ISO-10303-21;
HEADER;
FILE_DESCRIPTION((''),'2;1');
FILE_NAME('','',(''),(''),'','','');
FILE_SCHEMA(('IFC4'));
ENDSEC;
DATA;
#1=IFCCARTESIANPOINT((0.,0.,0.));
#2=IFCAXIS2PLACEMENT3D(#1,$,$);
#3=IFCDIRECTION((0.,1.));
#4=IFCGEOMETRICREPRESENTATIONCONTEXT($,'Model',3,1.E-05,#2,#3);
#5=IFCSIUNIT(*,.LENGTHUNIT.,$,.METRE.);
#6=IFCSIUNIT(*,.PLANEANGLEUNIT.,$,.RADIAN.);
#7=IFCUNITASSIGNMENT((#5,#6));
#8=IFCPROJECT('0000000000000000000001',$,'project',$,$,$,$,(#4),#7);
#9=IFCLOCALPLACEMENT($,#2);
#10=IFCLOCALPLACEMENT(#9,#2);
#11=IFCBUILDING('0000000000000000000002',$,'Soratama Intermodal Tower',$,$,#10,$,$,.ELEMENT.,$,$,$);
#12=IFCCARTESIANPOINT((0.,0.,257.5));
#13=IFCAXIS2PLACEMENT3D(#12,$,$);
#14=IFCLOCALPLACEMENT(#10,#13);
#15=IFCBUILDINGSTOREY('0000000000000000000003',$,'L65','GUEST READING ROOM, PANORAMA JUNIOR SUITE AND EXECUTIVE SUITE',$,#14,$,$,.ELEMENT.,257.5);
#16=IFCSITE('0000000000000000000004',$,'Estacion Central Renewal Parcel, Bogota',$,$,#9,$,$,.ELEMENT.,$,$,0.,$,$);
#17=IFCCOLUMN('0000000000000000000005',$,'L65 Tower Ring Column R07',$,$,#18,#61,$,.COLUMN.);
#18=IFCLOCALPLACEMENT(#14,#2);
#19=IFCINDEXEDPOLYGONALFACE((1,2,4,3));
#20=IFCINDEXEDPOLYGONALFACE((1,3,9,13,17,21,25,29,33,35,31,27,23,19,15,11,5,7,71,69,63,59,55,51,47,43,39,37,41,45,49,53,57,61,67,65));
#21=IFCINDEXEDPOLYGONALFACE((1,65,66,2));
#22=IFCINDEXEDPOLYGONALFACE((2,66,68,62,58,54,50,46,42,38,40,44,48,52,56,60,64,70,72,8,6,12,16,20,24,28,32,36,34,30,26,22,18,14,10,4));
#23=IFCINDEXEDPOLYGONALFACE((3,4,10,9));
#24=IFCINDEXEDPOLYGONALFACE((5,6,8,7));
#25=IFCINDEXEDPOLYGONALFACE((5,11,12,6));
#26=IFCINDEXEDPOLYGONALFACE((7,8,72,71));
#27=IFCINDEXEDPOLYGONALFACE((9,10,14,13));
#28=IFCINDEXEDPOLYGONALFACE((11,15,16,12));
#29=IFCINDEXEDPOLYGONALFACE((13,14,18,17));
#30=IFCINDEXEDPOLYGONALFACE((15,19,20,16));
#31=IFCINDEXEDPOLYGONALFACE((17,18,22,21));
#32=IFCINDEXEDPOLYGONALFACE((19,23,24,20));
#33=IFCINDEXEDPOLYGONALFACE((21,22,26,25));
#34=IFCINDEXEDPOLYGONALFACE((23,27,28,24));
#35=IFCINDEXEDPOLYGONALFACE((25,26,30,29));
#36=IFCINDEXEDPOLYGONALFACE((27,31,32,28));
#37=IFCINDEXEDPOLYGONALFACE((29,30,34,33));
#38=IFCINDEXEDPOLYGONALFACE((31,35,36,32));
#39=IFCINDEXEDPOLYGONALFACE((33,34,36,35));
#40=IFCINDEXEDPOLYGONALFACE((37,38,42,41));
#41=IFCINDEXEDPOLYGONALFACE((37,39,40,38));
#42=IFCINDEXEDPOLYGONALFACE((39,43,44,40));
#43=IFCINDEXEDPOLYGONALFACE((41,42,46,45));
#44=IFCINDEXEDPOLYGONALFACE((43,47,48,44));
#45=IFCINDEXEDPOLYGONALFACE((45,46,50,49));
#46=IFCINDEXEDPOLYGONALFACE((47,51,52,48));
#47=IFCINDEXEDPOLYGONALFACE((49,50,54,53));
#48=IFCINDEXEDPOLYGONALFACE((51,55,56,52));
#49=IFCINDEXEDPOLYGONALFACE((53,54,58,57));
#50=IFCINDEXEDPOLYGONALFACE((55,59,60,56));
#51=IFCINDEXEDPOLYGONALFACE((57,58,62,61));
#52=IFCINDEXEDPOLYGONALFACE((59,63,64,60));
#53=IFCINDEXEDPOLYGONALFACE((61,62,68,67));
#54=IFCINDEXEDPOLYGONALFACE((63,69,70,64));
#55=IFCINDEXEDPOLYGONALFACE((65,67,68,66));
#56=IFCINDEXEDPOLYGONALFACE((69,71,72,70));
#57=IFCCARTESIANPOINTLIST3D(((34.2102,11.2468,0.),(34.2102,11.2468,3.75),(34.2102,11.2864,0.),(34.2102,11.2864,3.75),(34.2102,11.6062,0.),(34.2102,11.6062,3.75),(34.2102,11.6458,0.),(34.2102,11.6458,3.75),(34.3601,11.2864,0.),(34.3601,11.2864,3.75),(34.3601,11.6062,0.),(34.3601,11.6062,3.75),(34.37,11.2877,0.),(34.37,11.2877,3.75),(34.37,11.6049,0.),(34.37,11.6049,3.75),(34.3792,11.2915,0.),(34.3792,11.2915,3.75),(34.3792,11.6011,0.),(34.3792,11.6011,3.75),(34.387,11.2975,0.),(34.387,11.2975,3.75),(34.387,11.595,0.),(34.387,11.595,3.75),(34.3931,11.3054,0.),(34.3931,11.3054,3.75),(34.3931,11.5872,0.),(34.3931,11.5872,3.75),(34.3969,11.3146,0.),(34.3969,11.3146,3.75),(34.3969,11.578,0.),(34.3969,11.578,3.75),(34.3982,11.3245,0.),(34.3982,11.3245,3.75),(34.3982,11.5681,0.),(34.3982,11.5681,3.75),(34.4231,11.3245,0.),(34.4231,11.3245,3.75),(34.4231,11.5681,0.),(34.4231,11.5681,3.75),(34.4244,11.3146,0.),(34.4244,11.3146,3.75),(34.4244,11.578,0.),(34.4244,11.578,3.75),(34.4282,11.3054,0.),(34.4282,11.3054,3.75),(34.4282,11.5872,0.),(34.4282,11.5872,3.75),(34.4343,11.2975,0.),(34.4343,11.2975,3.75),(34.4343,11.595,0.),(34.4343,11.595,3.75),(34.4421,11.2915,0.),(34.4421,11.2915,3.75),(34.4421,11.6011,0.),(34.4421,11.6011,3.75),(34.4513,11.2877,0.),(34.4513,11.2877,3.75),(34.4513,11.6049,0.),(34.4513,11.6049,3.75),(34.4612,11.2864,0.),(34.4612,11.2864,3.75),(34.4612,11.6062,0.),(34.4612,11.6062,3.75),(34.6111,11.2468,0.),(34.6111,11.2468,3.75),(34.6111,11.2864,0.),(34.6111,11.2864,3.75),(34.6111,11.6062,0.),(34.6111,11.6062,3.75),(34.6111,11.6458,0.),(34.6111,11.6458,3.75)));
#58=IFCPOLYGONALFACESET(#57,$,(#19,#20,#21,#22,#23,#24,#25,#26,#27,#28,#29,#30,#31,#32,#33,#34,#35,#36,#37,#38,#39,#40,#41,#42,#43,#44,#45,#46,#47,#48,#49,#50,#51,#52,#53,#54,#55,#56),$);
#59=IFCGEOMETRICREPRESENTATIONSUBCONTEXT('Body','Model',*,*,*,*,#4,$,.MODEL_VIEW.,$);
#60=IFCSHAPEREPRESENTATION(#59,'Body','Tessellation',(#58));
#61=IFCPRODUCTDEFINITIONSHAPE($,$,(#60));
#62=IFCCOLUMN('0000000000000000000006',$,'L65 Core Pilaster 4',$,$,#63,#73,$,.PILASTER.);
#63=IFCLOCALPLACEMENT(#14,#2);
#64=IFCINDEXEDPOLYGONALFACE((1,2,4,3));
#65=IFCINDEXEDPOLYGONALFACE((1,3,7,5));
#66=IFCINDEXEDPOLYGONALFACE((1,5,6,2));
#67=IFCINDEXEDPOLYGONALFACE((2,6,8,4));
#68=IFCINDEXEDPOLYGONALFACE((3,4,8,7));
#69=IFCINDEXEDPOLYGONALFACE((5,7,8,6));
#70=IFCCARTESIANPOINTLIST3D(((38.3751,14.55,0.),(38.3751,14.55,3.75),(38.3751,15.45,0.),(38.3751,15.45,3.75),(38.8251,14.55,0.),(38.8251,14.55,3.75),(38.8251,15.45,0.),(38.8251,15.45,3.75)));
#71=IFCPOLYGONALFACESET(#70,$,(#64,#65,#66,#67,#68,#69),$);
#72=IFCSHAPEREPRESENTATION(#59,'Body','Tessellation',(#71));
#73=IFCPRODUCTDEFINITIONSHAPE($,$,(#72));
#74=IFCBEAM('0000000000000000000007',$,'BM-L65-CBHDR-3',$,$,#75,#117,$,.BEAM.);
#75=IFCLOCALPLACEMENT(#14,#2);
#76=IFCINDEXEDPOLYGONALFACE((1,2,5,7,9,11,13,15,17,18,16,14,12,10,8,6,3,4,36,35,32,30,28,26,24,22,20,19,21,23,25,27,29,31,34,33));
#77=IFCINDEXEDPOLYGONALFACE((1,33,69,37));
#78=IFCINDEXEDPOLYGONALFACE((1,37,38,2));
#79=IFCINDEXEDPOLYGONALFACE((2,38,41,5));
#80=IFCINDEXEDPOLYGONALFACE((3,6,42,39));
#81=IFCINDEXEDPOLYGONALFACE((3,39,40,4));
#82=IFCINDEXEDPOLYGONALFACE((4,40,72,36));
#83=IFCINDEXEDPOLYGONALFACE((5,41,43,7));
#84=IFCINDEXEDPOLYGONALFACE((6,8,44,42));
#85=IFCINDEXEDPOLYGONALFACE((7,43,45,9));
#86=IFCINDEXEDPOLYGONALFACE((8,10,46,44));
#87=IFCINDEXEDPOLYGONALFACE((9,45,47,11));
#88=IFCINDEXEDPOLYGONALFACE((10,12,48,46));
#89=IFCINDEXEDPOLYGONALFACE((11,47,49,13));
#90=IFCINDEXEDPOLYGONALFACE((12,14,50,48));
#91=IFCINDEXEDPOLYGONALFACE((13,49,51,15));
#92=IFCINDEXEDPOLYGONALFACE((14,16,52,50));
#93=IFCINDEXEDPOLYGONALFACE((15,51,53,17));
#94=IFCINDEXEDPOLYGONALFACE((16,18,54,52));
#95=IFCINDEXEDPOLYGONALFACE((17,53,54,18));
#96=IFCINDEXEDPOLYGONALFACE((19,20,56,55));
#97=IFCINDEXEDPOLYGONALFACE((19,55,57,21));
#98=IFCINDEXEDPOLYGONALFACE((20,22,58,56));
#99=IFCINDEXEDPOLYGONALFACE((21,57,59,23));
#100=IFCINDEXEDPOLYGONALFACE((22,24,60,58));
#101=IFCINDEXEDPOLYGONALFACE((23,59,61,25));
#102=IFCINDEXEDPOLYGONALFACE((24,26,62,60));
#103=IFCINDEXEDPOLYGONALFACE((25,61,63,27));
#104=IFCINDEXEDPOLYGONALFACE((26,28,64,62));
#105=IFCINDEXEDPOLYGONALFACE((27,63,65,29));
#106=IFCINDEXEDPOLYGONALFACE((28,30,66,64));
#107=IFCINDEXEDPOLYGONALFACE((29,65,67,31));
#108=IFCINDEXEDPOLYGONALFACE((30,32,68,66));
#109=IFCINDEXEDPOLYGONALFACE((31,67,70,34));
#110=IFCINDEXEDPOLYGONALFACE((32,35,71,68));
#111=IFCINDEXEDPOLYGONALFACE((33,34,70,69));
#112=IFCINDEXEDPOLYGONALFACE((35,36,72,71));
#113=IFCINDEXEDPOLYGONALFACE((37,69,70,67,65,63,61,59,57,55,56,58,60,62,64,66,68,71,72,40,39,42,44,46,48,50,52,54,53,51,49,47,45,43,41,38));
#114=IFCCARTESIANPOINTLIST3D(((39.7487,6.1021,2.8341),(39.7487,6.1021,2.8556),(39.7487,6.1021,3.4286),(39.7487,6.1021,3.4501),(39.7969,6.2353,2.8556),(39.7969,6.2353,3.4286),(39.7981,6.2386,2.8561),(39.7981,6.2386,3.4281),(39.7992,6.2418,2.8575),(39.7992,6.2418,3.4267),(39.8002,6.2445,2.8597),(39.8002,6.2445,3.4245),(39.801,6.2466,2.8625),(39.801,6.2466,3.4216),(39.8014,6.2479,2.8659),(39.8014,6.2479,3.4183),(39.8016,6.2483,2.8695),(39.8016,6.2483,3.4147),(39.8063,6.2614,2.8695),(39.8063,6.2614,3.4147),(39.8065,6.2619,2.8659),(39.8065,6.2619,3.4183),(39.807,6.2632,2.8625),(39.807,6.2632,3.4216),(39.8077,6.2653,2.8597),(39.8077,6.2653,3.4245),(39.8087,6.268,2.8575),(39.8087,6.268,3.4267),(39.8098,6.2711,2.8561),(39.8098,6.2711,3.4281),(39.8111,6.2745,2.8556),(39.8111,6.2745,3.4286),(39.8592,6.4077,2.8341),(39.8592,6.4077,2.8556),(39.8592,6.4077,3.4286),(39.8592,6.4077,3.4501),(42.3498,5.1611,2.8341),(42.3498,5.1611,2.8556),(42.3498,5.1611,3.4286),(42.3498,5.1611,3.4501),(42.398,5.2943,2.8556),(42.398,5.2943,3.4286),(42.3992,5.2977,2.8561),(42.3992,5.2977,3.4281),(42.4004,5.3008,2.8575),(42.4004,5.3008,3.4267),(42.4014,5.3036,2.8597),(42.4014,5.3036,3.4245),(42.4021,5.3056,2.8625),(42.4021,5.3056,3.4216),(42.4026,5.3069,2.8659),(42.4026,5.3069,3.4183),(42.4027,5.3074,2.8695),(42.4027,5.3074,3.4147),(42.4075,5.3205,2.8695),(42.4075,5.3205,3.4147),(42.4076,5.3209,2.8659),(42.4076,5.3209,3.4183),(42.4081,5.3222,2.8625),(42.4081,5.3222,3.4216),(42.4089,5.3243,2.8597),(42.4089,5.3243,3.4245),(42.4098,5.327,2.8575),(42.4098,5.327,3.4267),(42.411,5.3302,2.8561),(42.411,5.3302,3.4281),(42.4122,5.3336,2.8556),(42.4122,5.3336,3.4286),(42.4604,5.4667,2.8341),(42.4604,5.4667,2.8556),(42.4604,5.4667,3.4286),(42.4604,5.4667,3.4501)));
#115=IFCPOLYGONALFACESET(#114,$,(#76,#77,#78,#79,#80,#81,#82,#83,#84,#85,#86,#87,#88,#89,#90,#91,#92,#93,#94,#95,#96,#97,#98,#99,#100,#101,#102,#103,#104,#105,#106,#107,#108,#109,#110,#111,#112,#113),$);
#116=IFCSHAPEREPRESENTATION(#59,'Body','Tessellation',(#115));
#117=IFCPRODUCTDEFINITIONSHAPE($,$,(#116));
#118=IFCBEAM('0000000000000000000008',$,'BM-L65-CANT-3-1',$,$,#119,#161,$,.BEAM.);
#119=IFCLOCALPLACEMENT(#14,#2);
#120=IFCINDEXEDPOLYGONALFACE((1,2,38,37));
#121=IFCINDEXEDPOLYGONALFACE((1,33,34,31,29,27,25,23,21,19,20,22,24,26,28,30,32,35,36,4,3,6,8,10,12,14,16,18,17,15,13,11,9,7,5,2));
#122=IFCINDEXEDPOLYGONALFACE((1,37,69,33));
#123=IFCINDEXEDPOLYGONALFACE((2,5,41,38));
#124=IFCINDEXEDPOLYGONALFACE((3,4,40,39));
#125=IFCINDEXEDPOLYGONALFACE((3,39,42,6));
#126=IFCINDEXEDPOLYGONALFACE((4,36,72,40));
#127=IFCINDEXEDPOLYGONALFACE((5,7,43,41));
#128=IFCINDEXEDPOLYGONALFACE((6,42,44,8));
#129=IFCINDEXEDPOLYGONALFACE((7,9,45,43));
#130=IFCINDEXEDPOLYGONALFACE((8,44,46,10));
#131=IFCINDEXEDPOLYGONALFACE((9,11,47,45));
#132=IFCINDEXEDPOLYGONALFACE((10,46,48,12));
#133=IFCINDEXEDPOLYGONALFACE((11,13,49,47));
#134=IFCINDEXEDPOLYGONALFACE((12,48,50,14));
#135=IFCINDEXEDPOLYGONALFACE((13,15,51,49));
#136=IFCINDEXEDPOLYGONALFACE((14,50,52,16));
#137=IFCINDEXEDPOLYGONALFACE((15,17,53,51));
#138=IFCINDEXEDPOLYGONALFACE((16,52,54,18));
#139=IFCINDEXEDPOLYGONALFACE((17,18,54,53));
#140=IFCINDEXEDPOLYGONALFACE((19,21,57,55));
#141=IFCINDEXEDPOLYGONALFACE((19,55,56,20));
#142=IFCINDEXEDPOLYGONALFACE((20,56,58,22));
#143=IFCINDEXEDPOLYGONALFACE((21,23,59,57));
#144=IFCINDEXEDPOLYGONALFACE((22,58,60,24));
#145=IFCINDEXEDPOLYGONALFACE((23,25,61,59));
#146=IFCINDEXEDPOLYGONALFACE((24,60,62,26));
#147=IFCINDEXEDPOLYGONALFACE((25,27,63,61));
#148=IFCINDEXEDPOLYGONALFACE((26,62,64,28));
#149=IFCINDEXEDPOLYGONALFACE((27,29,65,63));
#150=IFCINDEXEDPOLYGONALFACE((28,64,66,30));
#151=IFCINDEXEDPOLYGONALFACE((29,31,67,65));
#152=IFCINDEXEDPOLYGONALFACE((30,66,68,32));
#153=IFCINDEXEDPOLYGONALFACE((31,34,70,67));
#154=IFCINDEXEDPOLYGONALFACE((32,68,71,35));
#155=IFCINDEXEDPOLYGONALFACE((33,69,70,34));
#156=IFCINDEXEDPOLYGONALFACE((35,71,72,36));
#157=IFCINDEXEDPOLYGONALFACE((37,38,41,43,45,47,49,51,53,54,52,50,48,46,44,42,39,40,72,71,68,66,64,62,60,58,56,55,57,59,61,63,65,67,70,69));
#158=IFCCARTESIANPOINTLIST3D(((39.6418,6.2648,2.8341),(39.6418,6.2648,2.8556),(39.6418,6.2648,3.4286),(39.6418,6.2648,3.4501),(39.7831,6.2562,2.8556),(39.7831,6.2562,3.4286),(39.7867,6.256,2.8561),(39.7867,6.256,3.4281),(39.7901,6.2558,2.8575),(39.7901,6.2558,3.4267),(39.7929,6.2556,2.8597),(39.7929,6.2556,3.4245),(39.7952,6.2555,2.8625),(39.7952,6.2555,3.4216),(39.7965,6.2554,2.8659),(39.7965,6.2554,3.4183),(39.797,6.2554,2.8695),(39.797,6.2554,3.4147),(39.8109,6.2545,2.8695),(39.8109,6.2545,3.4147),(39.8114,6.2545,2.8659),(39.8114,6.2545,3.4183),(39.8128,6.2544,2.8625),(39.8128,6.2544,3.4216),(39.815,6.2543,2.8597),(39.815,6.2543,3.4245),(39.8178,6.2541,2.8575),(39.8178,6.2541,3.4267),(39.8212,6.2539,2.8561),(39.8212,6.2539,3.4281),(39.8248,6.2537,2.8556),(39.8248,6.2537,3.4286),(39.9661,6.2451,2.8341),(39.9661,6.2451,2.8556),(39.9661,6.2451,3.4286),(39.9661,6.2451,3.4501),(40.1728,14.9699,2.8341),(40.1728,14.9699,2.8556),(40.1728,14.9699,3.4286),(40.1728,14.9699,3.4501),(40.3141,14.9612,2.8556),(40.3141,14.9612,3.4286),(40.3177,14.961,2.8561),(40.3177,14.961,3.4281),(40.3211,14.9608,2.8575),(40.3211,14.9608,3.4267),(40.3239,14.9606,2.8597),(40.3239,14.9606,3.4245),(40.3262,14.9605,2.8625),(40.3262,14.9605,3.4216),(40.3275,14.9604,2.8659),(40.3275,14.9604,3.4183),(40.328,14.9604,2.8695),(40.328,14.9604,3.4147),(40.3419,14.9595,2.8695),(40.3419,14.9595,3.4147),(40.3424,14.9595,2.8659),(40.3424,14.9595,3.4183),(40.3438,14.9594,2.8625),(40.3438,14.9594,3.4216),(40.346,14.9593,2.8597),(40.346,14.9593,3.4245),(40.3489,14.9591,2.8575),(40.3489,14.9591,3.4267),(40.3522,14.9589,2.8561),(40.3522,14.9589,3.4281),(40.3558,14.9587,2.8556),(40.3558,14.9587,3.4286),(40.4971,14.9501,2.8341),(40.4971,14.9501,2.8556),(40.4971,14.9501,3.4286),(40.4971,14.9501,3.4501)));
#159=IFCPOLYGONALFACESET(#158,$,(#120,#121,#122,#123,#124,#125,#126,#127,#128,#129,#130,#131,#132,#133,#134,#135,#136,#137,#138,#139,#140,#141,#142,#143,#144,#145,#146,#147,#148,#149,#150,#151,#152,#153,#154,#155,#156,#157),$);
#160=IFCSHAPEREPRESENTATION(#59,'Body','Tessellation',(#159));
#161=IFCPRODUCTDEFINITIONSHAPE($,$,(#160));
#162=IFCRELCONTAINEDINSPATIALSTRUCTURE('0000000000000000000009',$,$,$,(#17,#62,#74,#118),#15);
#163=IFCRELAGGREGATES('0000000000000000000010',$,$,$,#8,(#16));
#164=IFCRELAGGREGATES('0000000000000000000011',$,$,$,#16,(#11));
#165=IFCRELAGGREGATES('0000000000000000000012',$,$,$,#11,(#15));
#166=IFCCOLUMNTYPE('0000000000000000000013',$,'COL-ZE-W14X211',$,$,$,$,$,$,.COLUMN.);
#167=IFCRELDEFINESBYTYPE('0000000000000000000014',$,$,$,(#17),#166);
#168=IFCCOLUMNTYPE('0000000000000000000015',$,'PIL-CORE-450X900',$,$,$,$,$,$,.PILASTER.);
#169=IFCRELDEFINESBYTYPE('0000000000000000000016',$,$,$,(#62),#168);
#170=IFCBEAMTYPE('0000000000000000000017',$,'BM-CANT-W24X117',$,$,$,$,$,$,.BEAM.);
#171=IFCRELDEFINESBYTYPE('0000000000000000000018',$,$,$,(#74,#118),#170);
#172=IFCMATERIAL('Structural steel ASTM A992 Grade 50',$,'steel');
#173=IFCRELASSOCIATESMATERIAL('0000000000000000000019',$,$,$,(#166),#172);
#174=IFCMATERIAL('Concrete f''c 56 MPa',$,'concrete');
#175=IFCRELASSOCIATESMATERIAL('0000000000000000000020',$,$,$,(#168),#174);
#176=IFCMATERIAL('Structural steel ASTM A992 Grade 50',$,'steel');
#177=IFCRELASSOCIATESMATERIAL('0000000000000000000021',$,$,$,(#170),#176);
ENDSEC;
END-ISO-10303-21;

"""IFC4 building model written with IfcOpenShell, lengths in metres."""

from ifc_helpers import new_model, si_unit, direction, frame, origin, origin_2d, place, context, subcontext, project, spatial, rectangle, i_section, extrude, material, material_profile, profile_set, type_object, element, save


model = new_model("IFC4")

# Units and contexts
model_context = context("Model", 3, precision=1e-05, world=origin(), true_north=direction((0.0, 1.0)))
body_context = subcontext(model_context, "Body", "Model", "MODEL_VIEW")
ifc_project = project(units=[si_unit("LENGTHUNIT", "METRE"), si_unit("PLANEANGLEUNIT", "RADIAN")], contexts=[model_context])

# Site, building, storey
site_placement = place(None, origin())
site = spatial("IfcSite", under=ifc_project, at=site_placement, Name="Estacion Central Renewal Parcel, Bogota", CompositionType="ELEMENT", RefElevation=0.0)
building_placement = place(site_placement, origin())
building = spatial("IfcBuilding", under=site, at=building_placement, Name="Soratama Intermodal Tower", CompositionType="ELEMENT")
storey_placement = place(building_placement, frame((0.0, 0.0, 257.5)))
storey = spatial("IfcBuildingStorey", under=building, at=storey_placement, Name="L65", Description="GUEST READING ROOM, PANORAMA JUNIOR SUITE AND EXECUTIVE SUITE", CompositionType="ELEMENT", Elevation=257.5)

# Columns
ifc_material_1 = material(Name="Structural steel ASTM A992 Grade 50", Category="steel")
ifc_material_profile_1 = material_profile(ifc_material_1, i_section(OverallWidth=0.4009, OverallDepth=0.3989, WebThickness=0.0249, FlangeThickness=0.0396, FilletRadius=0.0381, at=origin_2d()), Name="W14X211")
ifc_profile_set_1 = profile_set([ifc_material_profile_1], Name="Structural steel ASTM A992 Grade 50")
column_type_1 = type_object("IfcColumnType", Name="COL-ZE-W14X211", PredefinedType="COLUMN", material=ifc_profile_set_1)
column_1_placement = place(storey_placement, frame((34.4106, 11.4463, 0.0), z_axis=(0.0, 0.0, 1.0), x_axis=(1.0, 0.0, 0.0)))
element("IfcColumn", 1, at=column_1_placement, inside=storey, type_object=column_type_1, Name="L65 Tower Ring Column R07", PredefinedType="COLUMN", context=body_context, shape_type="SweptSolid", body=[
    extrude(i_section(OverallWidth=0.4009, OverallDepth=0.3989, WebThickness=0.0249, FlangeThickness=0.0396, FilletRadius=0.0381, at=origin_2d()), origin(), (0.0, 0.0, 1.0), 3.75),
])
ifc_material_2 = material(Name="Concrete f'c 56 MPa", Category="concrete")
ifc_material_profile_2 = material_profile(ifc_material_2, rectangle(XDim=0.45, YDim=0.8999, at=origin_2d()), Name="RC450X900")
ifc_profile_set_2 = profile_set([ifc_material_profile_2], Name="Concrete f'c 56 MPa")
column_type_2 = type_object("IfcColumnType", Name="PIL-CORE-450X900", PredefinedType="PILASTER", material=ifc_profile_set_2)
column_2_placement = place(storey_placement, frame((38.6001, 15.0, 0.0), z_axis=(0.0, 0.0, 1.0), x_axis=(1.0, 0.0, 0.0)))
element("IfcColumn", 2, at=column_2_placement, inside=storey, type_object=column_type_2, Name="L65 Core Pilaster 4", PredefinedType="PILASTER", context=body_context, shape_type="SweptSolid", body=[
    extrude(rectangle(XDim=0.45, YDim=0.8999, at=origin_2d()), origin(), (0.0, 0.0, 1.0), 3.75),
])

# Beams
ifc_material_3 = material(Name="Structural steel ASTM A992 Grade 50", Category="steel")
ifc_material_profile_3 = material_profile(ifc_material_3, i_section(OverallWidth=0.325, OverallDepth=0.616, WebThickness=0.0139, FlangeThickness=0.0215, FilletRadius=0.0139, at=origin_2d()), Name="W24X117")
ifc_profile_set_3 = profile_set([ifc_material_profile_3], Name="Structural steel ASTM A992 Grade 50")
beam_type_1 = type_object("IfcBeamType", Name="BM-CANT-W24X117", PredefinedType="BEAM", material=ifc_profile_set_3)
beam_1_placement = place(storey_placement, frame((39.804, 6.2549, 3.1421), z_axis=(0.940364, -0.340169, 0.0), x_axis=(0.340169, 0.940364, 0.0)))
element("IfcBeam", 3, at=beam_1_placement, inside=storey, type_object=beam_type_1, Name="BM-L65-CBHDR-3", PredefinedType="BEAM", context=body_context, shape_type="SweptSolid", body=[
    extrude(i_section(OverallWidth=0.325, OverallDepth=0.616, WebThickness=0.0139, FlangeThickness=0.0215, FilletRadius=0.0139, at=origin_2d()), origin(), (0.0, 0.0, 1.0), 2.7661),
])
beam_2_placement = place(storey_placement, frame((40.335, 14.96, 3.1421), z_axis=(-0.060886, -0.998145, 0.0), x_axis=(0.998145, -0.060886, 0.0)))
element("IfcBeam", 4, at=beam_2_placement, inside=storey, type_object=beam_type_1, Name="BM-L65-CANT-3-1", PredefinedType="BEAM", context=body_context, shape_type="SweptSolid", body=[
    extrude(i_section(OverallWidth=0.325, OverallDepth=0.616, WebThickness=0.0139, FlangeThickness=0.0215, FilletRadius=0.0139, at=origin_2d()), origin(), (0.0, 0.0, 1.0), 8.7212),
])

save(model, "model.ifc")
